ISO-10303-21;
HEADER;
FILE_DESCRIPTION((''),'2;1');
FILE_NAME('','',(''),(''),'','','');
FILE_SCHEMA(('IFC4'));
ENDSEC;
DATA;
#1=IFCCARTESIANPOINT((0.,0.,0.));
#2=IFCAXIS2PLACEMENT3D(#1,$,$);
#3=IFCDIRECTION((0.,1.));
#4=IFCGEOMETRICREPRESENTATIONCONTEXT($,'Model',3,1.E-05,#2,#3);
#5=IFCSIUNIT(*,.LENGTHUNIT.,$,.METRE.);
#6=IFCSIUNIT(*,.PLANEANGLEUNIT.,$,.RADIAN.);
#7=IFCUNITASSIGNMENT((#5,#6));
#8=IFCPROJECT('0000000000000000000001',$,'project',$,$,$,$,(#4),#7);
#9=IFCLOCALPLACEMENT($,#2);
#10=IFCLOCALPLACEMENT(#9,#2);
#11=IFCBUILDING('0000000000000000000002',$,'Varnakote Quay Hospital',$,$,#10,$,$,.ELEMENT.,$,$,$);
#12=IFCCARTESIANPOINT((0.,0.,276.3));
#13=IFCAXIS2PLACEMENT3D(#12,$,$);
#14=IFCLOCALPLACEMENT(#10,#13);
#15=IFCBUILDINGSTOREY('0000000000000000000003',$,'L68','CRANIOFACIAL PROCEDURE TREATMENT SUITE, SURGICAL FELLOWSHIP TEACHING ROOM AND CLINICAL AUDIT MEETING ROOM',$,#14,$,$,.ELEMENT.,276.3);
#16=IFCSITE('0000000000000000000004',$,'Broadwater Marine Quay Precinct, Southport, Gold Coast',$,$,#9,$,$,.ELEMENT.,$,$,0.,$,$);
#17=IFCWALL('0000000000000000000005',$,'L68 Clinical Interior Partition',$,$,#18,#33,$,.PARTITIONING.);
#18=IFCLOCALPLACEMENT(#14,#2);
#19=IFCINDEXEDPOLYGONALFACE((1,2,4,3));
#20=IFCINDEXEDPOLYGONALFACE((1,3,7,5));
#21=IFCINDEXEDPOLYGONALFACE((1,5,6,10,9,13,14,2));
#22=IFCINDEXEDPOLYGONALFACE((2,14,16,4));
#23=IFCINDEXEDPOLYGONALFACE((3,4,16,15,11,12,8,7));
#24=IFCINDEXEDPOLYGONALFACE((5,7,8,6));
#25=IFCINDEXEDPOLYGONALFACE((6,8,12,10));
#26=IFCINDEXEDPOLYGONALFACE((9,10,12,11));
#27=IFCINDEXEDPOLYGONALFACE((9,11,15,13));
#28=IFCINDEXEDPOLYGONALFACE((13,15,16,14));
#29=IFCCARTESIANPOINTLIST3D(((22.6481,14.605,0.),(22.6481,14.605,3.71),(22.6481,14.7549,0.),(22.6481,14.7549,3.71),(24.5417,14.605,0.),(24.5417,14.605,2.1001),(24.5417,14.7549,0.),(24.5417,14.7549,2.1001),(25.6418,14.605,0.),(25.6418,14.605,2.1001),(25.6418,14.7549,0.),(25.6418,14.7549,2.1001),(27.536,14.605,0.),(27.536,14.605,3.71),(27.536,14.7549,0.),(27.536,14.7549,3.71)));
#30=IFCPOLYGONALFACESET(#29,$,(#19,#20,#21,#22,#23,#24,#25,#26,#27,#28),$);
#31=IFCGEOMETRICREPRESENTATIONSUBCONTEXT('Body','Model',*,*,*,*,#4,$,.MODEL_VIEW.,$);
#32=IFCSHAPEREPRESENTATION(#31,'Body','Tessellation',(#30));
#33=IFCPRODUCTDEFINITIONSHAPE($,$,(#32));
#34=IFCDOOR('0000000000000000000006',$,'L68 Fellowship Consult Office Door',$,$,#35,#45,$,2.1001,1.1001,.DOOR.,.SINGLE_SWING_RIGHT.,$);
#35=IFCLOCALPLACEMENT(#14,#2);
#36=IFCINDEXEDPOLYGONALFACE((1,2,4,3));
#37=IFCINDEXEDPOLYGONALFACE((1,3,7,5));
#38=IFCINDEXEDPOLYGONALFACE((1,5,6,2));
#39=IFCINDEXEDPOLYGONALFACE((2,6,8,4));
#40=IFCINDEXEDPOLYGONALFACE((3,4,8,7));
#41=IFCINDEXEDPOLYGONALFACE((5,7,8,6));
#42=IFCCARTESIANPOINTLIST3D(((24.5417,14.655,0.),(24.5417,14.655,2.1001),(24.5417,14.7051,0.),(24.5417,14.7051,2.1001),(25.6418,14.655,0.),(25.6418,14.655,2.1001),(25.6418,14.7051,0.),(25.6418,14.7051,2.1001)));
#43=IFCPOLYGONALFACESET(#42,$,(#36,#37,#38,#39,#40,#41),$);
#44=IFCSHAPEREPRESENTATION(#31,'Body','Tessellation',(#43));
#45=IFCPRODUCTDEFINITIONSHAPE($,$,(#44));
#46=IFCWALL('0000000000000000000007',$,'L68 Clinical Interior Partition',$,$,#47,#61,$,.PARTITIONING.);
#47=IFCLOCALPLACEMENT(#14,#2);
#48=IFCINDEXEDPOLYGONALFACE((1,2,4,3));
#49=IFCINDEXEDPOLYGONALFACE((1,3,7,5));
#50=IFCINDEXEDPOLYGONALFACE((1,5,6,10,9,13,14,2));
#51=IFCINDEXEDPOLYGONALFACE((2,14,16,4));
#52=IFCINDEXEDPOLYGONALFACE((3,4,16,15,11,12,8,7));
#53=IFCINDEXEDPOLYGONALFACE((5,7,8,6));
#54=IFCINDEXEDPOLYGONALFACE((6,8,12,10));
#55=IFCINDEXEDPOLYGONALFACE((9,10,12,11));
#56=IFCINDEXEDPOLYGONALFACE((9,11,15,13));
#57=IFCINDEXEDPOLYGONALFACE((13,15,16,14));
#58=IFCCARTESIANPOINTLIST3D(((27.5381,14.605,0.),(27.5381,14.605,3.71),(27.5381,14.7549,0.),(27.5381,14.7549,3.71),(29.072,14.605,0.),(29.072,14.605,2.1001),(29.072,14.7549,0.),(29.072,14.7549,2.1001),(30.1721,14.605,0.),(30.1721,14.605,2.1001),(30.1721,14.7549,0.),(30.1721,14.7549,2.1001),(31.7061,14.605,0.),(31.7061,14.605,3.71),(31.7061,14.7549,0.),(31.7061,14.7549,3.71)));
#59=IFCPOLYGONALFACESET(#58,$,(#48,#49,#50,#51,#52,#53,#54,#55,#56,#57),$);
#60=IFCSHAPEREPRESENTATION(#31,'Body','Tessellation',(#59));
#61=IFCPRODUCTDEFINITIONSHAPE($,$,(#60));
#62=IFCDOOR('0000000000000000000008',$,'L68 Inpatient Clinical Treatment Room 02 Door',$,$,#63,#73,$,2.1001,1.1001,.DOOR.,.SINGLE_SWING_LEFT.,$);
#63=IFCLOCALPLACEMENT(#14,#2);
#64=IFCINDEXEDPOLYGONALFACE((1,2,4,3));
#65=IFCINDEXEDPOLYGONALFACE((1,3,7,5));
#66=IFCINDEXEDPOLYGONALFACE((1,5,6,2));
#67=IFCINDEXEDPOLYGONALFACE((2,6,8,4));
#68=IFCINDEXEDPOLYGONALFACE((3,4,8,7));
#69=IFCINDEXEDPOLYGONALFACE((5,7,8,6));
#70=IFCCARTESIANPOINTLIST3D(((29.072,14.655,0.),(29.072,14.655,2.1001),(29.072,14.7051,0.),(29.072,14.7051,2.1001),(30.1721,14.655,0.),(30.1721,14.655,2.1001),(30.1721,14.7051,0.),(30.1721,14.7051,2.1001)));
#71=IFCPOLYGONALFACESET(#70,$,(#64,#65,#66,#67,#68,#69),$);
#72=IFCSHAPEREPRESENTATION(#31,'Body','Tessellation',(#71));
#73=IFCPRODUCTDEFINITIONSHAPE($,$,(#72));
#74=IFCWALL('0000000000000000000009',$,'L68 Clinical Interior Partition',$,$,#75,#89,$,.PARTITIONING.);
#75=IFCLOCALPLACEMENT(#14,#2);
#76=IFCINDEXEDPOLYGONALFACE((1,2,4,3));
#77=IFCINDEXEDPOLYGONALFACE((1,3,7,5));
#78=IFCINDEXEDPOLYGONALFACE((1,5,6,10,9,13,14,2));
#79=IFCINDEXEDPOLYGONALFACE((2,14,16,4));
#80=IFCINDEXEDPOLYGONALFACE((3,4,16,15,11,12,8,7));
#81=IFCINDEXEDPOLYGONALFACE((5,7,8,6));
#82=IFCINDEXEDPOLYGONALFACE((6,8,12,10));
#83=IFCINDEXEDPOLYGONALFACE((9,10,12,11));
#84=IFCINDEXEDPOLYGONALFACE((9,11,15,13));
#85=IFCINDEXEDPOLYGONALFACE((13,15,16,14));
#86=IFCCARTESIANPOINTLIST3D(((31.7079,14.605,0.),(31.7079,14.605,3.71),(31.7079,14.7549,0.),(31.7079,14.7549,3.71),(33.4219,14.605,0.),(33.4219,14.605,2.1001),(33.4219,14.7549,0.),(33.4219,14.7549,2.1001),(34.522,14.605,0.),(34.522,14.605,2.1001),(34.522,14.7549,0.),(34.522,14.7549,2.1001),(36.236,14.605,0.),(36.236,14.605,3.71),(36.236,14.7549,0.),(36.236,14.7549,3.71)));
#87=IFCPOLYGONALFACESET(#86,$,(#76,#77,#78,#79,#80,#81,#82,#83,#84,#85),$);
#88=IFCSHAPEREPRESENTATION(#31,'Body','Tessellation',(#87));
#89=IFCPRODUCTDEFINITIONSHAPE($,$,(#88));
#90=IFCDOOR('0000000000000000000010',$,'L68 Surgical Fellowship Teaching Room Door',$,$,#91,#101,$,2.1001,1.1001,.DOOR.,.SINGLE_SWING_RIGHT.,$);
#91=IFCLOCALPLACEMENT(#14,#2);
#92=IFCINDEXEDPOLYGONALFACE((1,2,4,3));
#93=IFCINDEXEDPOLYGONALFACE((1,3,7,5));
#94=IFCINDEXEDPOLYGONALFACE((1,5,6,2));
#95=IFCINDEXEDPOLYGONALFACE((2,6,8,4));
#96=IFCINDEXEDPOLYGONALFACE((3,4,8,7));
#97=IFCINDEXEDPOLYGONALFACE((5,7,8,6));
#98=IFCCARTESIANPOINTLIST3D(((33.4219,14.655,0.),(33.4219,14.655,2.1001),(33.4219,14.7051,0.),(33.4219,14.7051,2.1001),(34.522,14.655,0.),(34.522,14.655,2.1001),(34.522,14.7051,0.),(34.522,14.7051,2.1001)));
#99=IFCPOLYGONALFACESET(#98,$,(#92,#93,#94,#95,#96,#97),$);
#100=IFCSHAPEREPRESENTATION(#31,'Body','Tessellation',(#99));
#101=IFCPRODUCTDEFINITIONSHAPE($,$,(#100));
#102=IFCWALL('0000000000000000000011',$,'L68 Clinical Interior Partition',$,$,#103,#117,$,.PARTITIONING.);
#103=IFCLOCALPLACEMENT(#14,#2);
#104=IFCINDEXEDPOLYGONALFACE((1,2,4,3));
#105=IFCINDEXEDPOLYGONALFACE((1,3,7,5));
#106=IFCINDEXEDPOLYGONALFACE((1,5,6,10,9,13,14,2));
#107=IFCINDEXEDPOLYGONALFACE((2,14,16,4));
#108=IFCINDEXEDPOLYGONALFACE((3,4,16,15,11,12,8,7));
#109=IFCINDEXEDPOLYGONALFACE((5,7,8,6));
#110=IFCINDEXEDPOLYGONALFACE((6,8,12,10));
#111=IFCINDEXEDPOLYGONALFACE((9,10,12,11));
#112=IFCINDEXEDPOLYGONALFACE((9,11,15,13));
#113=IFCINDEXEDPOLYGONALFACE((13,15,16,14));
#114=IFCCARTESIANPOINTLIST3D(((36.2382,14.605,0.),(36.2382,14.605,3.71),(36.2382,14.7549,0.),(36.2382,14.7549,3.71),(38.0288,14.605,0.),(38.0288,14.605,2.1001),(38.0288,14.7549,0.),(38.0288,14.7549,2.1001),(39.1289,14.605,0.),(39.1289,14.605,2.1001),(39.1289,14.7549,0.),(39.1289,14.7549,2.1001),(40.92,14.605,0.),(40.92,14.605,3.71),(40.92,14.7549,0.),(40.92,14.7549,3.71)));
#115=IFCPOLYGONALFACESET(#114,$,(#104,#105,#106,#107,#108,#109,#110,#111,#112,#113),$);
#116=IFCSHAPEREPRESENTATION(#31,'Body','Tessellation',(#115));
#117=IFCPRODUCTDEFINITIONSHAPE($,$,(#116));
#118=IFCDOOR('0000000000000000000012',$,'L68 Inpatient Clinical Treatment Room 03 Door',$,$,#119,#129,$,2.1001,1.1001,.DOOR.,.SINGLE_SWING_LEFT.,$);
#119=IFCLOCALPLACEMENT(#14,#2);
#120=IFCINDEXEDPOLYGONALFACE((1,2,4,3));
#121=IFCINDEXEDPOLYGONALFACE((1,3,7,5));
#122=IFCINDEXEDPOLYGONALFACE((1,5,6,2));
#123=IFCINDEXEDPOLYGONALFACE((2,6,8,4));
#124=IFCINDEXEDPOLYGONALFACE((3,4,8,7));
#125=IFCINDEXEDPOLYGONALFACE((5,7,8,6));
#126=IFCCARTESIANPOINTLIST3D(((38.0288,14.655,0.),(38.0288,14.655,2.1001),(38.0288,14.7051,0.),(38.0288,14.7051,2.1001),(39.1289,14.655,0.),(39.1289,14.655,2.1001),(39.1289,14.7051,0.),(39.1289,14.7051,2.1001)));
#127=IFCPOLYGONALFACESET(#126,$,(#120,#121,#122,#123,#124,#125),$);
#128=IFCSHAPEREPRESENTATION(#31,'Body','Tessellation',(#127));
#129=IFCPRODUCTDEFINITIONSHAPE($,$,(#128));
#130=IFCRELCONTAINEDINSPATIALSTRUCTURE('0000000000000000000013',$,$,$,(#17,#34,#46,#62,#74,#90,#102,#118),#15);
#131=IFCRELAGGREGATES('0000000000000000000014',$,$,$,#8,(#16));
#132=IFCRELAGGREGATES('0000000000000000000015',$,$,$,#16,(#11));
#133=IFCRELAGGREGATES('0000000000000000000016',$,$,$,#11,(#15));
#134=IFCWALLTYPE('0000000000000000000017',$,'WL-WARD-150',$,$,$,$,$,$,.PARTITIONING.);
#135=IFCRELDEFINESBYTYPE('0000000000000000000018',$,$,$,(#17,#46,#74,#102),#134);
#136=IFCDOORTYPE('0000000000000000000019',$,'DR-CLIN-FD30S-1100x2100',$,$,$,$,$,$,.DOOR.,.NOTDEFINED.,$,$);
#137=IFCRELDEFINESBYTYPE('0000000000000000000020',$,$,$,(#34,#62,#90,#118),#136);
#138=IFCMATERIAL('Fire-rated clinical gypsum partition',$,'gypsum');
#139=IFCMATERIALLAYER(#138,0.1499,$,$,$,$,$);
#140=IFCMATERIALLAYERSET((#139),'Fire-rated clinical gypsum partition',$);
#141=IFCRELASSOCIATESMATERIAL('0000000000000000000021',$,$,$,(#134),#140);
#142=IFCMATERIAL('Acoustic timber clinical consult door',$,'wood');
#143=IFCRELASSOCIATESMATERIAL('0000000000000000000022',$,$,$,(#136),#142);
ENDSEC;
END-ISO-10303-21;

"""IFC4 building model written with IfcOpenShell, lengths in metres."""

from ifc_helpers import new_model, si_unit, direction, frame, frame_2d, origin, place, context, subcontext, project, spatial, rectangle, extrude, material, layer, layer_set, type_object, element, fill, save


model = new_model("IFC4")

# Units and contexts
model_context = context("Model", 3, precision=1e-05, world=origin(), true_north=direction((0.0, 1.0)))
body_context = subcontext(model_context, "Body", "Model", "MODEL_VIEW")
ifc_project = project(units=[si_unit("LENGTHUNIT", "METRE"), si_unit("PLANEANGLEUNIT", "RADIAN")], contexts=[model_context])

# Site, building, storey
site_placement = place(None, origin())
site = spatial("IfcSite", under=ifc_project, at=site_placement, Name="Broadwater Marine Quay Precinct, Southport, Gold Coast", CompositionType="ELEMENT", RefElevation=0.0)
building_placement = place(site_placement, origin())
building = spatial("IfcBuilding", under=site, at=building_placement, Name="Varnakote Quay Hospital", CompositionType="ELEMENT")
storey_placement = place(building_placement, frame((0.0, 0.0, 276.3)))
storey = spatial("IfcBuildingStorey", under=building, at=storey_placement, Name="L68", Description="CRANIOFACIAL PROCEDURE TREATMENT SUITE, SURGICAL FELLOWSHIP TEACHING ROOM AND CLINICAL AUDIT MEETING ROOM", CompositionType="ELEMENT", Elevation=276.3)

# Walls, openings, doors
ifc_material_1 = material(Name="Fire-rated clinical gypsum partition", Category="gypsum")
ifc_layer_1 = layer(ifc_material_1, 0.1499)
ifc_layer_set_1 = layer_set([ifc_layer_1], Name="Fire-rated clinical gypsum partition")
wall_type_1 = type_object("IfcWallType", Name="WL-WARD-150", PredefinedType="PARTITIONING", material=ifc_layer_set_1)
wall_1_placement = place(storey_placement, frame((27.5359, 14.6799, 0.0), z_axis=(0.0, 0.0, 1.0), x_axis=(-1.0, 0.0, 0.0)))
wall_1 = element("IfcWall", 1, at=wall_1_placement, inside=storey, type_object=wall_type_1, Name="L68 Clinical Interior Partition", PredefinedType="PARTITIONING", context=body_context, shape_type="SweptSolid", body=[
    extrude(rectangle(XDim=4.8879, YDim=0.1499, at=frame_2d((2.4438, 0.0))), origin(), (0.0, 0.0, 1.0), 3.71),
])
opening_1_placement = place(wall_1_placement, frame((1.894, 0.0, 0.0)))
opening_1 = element("IfcOpeningElement", 2, at=opening_1_placement, cuts=wall_1, PredefinedType="OPENING", context=body_context, shape_type="SweptSolid", body=[
    extrude(rectangle(XDim=1.1001, YDim=2.1001, at=frame_2d((0.55, 1.05))), frame((0.0, 0.085, 0.0), z_axis=(0.0, -1.0, 0.0), x_axis=(1.0, 0.0, 0.0)), (0.0, 0.0, 1.0), 0.1699),
])
ifc_material_2 = material(Name="Acoustic timber clinical consult door", Category="wood")
door_type_1 = type_object("IfcDoorType", Name="DR-CLIN-FD30S-1100x2100", OperationType="NOTDEFINED", PredefinedType="DOOR", material=ifc_material_2)
door_1_placement = place(opening_1_placement, origin())
door_1 = element("IfcDoor", 3, at=door_1_placement, inside=storey, type_object=door_type_1, Name="L68 Fellowship Consult Office Door", OperationType="SINGLE_SWING_RIGHT", OverallHeight=2.1001, OverallWidth=1.1001, PredefinedType="DOOR", context=body_context, shape_type="SweptSolid", body=[
    extrude(rectangle(XDim=1.1001, YDim=2.1001, at=frame_2d((0.55, 1.05))), frame((0.0, 0.0249, 0.0), z_axis=(0.0, -1.0, 0.0), x_axis=(1.0, 0.0, 0.0)), (0.0, 0.0, 1.0), 0.05),
])
fill(opening_1, door_1)
wall_2_placement = place(storey_placement, frame((31.7061, 14.6799, 0.0), z_axis=(0.0, 0.0, 1.0), x_axis=(-1.0, 0.0, 0.0)))
wall_2 = element("IfcWall", 4, at=wall_2_placement, inside=storey, type_object=wall_type_1, Name="L68 Clinical Interior Partition", PredefinedType="PARTITIONING", context=body_context, shape_type="SweptSolid", body=[
    extrude(rectangle(XDim=4.168, YDim=0.1499, at=frame_2d((2.084, 0.0))), origin(), (0.0, 0.0, 1.0), 3.71),
])
opening_2_placement = place(wall_2_placement, frame((1.5339, 0.0, 0.0)))
opening_2 = element("IfcOpeningElement", 5, at=opening_2_placement, cuts=wall_2, PredefinedType="OPENING", context=body_context, shape_type="SweptSolid", body=[
    extrude(rectangle(XDim=1.1001, YDim=2.1001, at=frame_2d((0.55, 1.05))), frame((0.0, 0.085, 0.0), z_axis=(0.0, -1.0, 0.0), x_axis=(1.0, 0.0, 0.0)), (0.0, 0.0, 1.0), 0.1699),
])
door_2_placement = place(opening_2_placement, origin())
door_2 = element("IfcDoor", 6, at=door_2_placement, inside=storey, type_object=door_type_1, Name="L68 Inpatient Clinical Treatment Room 02 Door", OperationType="SINGLE_SWING_LEFT", OverallHeight=2.1001, OverallWidth=1.1001, PredefinedType="DOOR", context=body_context, shape_type="SweptSolid", body=[
    extrude(rectangle(XDim=1.1001, YDim=2.1001, at=frame_2d((0.55, 1.05))), frame((0.0, 0.0249, 0.0), z_axis=(0.0, -1.0, 0.0), x_axis=(1.0, 0.0, 0.0)), (0.0, 0.0, 1.0), 0.05),
])
fill(opening_2, door_2)
wall_3_placement = place(storey_placement, frame((36.2361, 14.6799, 0.0), z_axis=(0.0, 0.0, 1.0), x_axis=(-1.0, 0.0, 0.0)))
wall_3 = element("IfcWall", 7, at=wall_3_placement, inside=storey, type_object=wall_type_1, Name="L68 Clinical Interior Partition", PredefinedType="PARTITIONING", context=body_context, shape_type="SweptSolid", body=[
    extrude(rectangle(XDim=4.5281, YDim=0.1499, at=frame_2d((2.2642, 0.0))), origin(), (0.0, 0.0, 1.0), 3.71),
])
opening_3_placement = place(wall_3_placement, frame((1.7141, 0.0, 0.0)))
opening_3 = element("IfcOpeningElement", 8, at=opening_3_placement, cuts=wall_3, PredefinedType="OPENING", context=body_context, shape_type="SweptSolid", body=[
    extrude(rectangle(XDim=1.1001, YDim=2.1001, at=frame_2d((0.55, 1.05))), frame((0.0, 0.085, 0.0), z_axis=(0.0, -1.0, 0.0), x_axis=(1.0, 0.0, 0.0)), (0.0, 0.0, 1.0), 0.1699),
])
door_3_placement = place(opening_3_placement, origin())
door_3 = element("IfcDoor", 9, at=door_3_placement, inside=storey, type_object=door_type_1, Name="L68 Surgical Fellowship Teaching Room Door", OperationType="SINGLE_SWING_RIGHT", OverallHeight=2.1001, OverallWidth=1.1001, PredefinedType="DOOR", context=body_context, shape_type="SweptSolid", body=[
    extrude(rectangle(XDim=1.1001, YDim=2.1001, at=frame_2d((0.55, 1.05))), frame((0.0, 0.0249, 0.0), z_axis=(0.0, -1.0, 0.0), x_axis=(1.0, 0.0, 0.0)), (0.0, 0.0, 1.0), 0.05),
])
fill(opening_3, door_3)
wall_4_placement = place(storey_placement, frame((40.9199, 14.6799, 0.0), z_axis=(0.0, 0.0, 1.0), x_axis=(-1.0, 0.0, 0.0)))
wall_4 = element("IfcWall", 10, at=wall_4_placement, inside=storey, type_object=wall_type_1, Name="L68 Clinical Interior Partition", PredefinedType="PARTITIONING", context=body_context, shape_type="SweptSolid", body=[
    extrude(rectangle(XDim=4.6819, YDim=0.1499, at=frame_2d((2.3408, 0.0))), origin(), (0.0, 0.0, 1.0), 3.71),
])
opening_4_placement = place(wall_4_placement, frame((1.791, 0.0, 0.0)))
opening_4 = element("IfcOpeningElement", 11, at=opening_4_placement, cuts=wall_4, PredefinedType="OPENING", context=body_context, shape_type="SweptSolid", body=[
    extrude(rectangle(XDim=1.1001, YDim=2.1001, at=frame_2d((0.55, 1.05))), frame((0.0, 0.085, 0.0), z_axis=(0.0, -1.0, 0.0), x_axis=(1.0, 0.0, 0.0)), (0.0, 0.0, 1.0), 0.1699),
])
door_4_placement = place(opening_4_placement, origin())
door_4 = element("IfcDoor", 12, at=door_4_placement, inside=storey, type_object=door_type_1, Name="L68 Inpatient Clinical Treatment Room 03 Door", OperationType="SINGLE_SWING_LEFT", OverallHeight=2.1001, OverallWidth=1.1001, PredefinedType="DOOR", context=body_context, shape_type="SweptSolid", body=[
    extrude(rectangle(XDim=1.1001, YDim=2.1001, at=frame_2d((0.55, 1.05))), frame((0.0, 0.0249, 0.0), z_axis=(0.0, -1.0, 0.0), x_axis=(1.0, 0.0, 0.0)), (0.0, 0.0, 1.0), 0.05),
])
fill(opening_4, door_4)

save(model, "model.ifc")
